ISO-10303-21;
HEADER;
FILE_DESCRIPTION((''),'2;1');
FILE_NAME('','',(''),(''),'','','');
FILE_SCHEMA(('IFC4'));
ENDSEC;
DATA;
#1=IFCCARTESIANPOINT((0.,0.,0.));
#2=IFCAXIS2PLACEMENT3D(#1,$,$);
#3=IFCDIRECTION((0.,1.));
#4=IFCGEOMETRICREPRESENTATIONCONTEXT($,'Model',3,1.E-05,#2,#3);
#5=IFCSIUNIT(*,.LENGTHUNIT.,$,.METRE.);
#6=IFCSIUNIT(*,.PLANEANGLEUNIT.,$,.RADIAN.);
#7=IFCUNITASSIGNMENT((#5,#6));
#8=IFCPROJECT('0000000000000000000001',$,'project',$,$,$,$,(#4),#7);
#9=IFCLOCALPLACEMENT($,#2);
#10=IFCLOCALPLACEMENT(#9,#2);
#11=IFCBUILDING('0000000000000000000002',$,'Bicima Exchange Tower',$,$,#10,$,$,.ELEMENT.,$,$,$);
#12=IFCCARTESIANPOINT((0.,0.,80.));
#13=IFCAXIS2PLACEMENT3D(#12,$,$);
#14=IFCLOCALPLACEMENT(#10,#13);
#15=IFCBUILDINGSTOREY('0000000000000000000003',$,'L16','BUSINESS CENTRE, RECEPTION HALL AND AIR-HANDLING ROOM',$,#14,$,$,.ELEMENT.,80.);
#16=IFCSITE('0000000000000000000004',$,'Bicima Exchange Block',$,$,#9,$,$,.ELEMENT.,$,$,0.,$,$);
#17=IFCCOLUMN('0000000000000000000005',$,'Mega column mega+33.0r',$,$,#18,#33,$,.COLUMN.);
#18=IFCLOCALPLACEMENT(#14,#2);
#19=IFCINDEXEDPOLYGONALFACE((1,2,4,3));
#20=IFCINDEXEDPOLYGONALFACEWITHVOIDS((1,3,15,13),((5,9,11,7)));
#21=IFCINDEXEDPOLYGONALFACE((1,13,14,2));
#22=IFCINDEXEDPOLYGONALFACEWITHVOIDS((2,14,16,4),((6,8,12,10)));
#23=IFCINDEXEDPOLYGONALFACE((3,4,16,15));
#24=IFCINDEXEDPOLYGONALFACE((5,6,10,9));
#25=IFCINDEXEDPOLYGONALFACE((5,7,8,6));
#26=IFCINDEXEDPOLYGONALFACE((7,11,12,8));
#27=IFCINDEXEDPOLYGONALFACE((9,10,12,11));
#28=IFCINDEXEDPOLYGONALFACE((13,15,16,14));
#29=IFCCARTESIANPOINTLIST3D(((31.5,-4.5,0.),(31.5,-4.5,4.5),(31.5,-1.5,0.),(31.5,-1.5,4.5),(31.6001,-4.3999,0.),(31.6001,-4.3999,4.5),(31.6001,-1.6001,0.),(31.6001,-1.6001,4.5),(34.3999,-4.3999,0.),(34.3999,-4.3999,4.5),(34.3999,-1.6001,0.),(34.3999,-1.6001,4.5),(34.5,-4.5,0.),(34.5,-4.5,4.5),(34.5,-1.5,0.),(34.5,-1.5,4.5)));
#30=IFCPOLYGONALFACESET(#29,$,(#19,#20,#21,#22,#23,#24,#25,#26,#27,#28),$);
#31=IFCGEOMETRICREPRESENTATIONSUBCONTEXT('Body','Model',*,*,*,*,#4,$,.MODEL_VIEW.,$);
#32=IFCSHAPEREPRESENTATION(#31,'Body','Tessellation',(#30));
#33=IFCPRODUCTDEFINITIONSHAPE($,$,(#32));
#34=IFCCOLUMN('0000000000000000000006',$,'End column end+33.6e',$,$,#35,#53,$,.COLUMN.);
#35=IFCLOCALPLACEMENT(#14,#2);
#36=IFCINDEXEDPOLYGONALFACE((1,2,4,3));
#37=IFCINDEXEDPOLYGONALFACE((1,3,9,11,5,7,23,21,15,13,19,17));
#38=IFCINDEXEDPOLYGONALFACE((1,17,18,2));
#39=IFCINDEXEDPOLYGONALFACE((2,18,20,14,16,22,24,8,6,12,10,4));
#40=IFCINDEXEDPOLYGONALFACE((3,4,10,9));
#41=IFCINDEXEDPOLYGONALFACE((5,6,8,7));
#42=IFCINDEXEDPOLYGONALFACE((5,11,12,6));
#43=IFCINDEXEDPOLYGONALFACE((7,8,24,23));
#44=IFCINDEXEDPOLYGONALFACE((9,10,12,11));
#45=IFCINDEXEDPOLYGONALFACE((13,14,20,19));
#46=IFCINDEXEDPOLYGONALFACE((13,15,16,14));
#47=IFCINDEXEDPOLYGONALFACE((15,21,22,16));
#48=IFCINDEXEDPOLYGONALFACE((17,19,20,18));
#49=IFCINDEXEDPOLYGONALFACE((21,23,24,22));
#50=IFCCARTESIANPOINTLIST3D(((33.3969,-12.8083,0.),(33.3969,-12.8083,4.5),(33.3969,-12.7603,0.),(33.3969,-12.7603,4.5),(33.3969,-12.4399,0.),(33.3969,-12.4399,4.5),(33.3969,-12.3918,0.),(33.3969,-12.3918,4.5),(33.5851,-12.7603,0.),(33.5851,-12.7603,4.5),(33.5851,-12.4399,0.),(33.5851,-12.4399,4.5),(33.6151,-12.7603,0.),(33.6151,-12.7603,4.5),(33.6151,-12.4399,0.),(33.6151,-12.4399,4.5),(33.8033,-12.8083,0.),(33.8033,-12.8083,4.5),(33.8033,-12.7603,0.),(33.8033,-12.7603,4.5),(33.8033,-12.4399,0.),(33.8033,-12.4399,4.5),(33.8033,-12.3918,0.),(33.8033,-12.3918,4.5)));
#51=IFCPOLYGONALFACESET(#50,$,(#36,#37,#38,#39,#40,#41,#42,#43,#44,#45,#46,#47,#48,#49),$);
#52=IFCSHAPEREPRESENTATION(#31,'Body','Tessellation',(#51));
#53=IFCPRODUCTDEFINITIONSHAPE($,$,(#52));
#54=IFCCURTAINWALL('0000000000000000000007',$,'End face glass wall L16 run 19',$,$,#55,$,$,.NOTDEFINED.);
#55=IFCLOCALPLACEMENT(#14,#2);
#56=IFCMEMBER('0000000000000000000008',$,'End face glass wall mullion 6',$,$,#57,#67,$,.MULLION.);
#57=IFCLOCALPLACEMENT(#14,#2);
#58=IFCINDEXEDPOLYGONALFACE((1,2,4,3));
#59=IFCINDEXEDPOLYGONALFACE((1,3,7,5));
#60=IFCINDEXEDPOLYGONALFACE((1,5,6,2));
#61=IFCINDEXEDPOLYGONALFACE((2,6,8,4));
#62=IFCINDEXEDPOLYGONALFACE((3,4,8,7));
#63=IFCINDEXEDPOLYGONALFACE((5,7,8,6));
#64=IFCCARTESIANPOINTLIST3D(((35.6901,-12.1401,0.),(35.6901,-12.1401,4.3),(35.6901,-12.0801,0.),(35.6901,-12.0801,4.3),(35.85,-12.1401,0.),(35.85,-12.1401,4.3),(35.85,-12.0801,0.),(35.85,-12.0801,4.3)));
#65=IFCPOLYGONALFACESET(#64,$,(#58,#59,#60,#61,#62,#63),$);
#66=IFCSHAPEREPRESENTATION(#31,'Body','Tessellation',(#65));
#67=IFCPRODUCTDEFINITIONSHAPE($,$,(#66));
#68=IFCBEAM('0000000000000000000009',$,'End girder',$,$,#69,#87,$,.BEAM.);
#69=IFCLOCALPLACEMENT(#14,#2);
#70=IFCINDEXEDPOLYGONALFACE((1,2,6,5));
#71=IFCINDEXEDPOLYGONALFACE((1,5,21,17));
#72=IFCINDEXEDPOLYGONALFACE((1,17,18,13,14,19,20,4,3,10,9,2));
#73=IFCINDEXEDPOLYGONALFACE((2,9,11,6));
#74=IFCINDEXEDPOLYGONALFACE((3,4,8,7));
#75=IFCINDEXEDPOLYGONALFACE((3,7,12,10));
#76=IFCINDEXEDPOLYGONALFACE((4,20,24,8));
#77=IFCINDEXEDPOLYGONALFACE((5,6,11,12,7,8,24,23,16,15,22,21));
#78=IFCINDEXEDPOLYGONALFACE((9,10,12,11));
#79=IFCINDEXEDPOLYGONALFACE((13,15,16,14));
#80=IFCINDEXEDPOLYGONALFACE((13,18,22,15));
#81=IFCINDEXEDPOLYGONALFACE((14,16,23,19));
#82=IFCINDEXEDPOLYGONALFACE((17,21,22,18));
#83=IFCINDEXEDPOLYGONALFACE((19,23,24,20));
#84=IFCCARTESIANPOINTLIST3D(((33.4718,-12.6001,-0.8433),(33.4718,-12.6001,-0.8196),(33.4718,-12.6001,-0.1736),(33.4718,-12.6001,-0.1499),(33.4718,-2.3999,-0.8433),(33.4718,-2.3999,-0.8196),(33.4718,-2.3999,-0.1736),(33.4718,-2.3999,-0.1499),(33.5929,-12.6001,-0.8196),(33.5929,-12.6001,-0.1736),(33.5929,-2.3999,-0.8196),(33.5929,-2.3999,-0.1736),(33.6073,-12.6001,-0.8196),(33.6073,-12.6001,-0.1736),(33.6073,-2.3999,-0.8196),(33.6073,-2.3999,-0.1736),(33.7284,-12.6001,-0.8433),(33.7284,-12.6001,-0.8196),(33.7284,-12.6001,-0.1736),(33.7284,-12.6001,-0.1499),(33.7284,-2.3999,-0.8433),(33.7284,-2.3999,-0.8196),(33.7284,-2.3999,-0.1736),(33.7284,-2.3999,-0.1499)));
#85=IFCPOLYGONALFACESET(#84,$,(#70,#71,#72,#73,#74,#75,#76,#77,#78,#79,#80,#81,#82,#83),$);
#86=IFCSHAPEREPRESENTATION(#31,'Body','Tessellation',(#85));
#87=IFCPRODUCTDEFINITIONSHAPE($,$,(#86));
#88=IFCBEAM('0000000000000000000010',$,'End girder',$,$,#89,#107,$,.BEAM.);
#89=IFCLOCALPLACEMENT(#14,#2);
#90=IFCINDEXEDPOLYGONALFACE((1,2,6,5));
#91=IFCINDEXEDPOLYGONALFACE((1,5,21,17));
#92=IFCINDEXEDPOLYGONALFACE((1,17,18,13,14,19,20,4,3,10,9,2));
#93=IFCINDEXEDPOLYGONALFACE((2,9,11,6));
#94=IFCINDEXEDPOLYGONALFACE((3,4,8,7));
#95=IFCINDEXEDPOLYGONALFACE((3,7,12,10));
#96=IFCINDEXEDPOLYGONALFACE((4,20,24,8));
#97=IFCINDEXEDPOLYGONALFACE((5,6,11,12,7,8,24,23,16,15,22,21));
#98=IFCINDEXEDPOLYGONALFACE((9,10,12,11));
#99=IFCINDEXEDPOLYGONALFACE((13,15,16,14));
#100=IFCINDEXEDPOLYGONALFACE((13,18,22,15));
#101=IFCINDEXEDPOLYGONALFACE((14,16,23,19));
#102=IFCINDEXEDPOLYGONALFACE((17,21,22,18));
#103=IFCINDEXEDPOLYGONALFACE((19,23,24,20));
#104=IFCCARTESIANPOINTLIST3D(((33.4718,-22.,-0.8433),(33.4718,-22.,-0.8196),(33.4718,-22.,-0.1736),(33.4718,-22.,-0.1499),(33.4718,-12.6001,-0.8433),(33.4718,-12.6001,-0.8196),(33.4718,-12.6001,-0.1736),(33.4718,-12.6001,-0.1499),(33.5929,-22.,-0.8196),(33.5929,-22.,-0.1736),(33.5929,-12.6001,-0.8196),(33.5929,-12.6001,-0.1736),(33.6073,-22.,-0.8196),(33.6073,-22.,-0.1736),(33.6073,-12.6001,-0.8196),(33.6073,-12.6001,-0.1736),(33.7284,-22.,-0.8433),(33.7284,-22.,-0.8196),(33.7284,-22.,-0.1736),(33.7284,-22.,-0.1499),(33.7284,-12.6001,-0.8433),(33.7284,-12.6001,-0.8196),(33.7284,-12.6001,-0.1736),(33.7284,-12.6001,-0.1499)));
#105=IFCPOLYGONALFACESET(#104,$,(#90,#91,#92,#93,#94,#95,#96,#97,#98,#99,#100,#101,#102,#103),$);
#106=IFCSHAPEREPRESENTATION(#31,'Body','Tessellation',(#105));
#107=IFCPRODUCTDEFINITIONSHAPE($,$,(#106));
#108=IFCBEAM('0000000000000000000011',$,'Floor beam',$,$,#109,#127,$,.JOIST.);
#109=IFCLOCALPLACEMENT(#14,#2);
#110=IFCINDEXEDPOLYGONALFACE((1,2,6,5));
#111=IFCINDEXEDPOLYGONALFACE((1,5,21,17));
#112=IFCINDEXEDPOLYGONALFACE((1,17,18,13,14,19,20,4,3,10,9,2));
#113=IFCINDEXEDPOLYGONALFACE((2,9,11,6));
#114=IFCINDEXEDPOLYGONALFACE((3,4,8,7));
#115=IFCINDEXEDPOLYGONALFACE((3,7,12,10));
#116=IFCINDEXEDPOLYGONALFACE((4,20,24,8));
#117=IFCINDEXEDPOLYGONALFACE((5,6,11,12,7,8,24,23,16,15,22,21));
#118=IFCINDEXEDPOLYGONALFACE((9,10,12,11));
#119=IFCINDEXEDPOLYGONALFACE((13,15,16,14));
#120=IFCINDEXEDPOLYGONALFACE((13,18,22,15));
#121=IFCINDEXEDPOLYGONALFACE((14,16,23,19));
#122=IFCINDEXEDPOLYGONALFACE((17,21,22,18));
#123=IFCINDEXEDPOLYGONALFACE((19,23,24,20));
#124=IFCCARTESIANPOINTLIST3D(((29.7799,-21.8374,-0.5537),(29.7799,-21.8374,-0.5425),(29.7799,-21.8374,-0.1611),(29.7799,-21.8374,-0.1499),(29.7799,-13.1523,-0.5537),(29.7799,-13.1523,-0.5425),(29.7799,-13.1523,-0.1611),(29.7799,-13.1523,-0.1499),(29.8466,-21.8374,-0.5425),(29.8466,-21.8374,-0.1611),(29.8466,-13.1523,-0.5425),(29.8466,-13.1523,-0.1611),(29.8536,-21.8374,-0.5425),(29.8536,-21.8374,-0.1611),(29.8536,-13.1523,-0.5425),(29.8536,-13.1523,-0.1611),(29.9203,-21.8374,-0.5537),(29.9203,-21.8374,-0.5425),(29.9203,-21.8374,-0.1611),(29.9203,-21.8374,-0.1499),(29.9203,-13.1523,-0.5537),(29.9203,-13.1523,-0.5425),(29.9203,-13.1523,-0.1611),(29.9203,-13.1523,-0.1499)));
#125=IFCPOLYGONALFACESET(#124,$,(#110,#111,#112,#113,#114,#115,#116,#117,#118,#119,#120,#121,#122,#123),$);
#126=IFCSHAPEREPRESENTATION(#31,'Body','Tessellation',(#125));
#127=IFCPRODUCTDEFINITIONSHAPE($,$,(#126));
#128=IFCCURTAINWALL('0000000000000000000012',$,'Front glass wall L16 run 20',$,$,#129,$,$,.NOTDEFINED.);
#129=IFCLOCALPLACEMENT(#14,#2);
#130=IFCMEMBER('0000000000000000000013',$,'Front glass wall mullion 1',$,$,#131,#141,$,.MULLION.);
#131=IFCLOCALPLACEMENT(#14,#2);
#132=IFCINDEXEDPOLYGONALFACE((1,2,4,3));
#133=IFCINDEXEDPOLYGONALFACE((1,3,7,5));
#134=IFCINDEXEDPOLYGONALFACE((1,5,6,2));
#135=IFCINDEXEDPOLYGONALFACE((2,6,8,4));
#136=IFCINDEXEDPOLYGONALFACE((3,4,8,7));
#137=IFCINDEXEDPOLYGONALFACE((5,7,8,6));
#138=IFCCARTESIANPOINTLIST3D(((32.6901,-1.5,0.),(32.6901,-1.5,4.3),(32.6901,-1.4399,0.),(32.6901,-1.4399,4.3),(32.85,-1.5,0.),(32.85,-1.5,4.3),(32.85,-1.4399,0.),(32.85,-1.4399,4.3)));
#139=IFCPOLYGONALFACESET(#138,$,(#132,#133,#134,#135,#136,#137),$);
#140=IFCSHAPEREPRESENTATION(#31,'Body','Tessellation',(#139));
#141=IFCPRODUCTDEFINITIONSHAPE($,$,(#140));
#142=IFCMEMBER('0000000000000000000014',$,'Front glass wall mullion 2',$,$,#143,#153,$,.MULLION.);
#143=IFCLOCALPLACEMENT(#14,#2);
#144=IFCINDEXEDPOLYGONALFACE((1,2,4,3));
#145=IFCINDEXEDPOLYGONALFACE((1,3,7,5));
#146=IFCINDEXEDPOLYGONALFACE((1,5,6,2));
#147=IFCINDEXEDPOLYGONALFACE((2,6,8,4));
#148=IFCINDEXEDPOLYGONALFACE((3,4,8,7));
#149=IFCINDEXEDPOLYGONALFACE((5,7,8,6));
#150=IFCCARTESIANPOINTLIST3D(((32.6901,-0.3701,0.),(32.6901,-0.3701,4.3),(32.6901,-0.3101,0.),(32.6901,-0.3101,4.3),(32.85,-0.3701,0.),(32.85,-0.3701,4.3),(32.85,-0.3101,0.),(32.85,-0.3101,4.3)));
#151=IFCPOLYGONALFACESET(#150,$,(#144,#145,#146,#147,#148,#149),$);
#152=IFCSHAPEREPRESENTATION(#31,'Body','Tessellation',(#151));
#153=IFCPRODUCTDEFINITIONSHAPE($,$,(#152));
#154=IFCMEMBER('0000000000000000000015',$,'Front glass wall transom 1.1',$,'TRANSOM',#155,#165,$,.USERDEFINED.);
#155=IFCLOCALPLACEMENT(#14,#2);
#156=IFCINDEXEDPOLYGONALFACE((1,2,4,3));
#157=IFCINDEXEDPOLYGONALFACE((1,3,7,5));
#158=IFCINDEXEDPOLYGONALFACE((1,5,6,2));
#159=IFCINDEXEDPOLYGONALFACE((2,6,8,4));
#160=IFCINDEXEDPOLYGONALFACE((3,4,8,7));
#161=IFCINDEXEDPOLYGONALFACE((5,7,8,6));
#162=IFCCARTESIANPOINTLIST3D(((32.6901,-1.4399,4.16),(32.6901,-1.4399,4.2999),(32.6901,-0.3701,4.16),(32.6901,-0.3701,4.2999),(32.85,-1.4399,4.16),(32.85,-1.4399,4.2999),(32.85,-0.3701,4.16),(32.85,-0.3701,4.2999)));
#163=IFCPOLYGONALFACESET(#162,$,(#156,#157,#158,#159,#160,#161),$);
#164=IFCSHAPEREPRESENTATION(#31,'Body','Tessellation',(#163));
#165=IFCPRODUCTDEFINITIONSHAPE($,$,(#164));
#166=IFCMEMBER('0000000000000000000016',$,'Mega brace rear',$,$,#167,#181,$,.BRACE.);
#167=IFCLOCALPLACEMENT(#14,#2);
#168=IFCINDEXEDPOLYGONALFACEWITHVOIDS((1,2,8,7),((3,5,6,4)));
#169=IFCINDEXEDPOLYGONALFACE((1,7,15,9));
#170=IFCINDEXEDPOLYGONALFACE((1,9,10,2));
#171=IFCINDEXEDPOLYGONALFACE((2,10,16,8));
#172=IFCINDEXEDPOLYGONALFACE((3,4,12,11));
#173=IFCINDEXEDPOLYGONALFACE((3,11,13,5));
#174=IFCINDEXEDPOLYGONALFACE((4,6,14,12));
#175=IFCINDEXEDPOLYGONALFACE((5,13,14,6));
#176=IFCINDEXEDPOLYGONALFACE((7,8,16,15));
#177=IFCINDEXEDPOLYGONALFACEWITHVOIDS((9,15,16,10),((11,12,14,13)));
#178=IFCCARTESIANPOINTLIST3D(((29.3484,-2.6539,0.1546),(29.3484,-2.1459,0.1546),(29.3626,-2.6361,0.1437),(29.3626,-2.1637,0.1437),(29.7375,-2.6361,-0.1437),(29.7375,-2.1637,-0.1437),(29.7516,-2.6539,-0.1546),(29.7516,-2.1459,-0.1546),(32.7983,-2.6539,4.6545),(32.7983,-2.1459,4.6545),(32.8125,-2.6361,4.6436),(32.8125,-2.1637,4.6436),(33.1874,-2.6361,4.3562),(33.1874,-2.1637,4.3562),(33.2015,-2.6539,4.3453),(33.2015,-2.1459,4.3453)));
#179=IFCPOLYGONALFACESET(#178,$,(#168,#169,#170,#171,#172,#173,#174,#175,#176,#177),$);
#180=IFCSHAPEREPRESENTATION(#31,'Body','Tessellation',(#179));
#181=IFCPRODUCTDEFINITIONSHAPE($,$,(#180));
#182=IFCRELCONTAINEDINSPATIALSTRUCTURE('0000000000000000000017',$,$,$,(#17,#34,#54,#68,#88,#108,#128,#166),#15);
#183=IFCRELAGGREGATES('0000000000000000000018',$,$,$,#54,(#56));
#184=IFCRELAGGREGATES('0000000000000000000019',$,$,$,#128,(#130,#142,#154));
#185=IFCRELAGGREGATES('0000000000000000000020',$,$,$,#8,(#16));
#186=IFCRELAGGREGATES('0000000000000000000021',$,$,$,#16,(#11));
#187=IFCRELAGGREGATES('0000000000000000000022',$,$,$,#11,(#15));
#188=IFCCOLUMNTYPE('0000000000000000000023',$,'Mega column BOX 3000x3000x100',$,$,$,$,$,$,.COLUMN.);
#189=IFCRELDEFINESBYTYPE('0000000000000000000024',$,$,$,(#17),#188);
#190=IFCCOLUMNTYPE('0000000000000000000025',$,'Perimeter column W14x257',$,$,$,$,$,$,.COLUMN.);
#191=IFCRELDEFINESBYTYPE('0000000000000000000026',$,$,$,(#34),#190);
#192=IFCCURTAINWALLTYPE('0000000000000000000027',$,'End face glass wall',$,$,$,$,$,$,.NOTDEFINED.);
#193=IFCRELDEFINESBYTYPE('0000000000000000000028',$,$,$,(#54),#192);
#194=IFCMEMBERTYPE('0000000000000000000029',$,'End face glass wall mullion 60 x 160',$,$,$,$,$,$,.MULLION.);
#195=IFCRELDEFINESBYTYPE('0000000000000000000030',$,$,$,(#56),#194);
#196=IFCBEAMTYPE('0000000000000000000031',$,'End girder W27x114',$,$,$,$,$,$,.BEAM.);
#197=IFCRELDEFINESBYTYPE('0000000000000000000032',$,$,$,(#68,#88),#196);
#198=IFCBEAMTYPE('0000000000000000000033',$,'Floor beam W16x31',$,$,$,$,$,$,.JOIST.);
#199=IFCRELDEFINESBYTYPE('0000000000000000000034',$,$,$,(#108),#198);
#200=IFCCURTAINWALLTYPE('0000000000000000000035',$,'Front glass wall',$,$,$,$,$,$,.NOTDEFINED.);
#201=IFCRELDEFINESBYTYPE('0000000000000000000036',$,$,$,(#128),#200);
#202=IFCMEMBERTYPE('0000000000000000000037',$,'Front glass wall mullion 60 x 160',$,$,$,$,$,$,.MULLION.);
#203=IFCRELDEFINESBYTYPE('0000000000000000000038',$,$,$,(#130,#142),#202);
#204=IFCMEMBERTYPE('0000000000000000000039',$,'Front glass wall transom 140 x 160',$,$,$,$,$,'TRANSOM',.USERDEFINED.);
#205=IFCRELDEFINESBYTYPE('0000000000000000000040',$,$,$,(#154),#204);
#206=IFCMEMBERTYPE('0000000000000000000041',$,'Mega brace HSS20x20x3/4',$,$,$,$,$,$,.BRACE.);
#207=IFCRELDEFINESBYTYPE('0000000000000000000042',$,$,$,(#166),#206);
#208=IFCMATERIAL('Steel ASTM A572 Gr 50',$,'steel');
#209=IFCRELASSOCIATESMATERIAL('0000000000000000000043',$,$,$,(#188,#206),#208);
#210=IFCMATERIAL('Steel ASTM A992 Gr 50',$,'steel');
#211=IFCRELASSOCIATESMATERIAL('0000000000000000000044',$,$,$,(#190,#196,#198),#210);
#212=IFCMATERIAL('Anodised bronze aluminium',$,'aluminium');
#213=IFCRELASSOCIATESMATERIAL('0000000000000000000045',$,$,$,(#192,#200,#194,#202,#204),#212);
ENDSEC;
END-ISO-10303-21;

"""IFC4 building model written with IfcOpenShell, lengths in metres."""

from ifc_helpers import new_model, si_unit, direction, frame, origin, origin_2d, place, context, subcontext, project, spatial, rectangle, hollow_rectangle, i_section, extrude, material, material_profile, profile_set, type_object, element, aggregate, save


model = new_model("IFC4")

# Units and contexts
model_context = context("Model", 3, precision=1e-05, world=origin(), true_north=direction((0.0, 1.0)))
body_context = subcontext(model_context, "Body", "Model", "MODEL_VIEW")
ifc_project = project(units=[si_unit("LENGTHUNIT", "METRE"), si_unit("PLANEANGLEUNIT", "RADIAN")], contexts=[model_context])

# Site, building, storey
site_placement = place(None, origin())
site = spatial("IfcSite", under=ifc_project, at=site_placement, Name="Bicima Exchange Block", CompositionType="ELEMENT", RefElevation=0.0)
building_placement = place(site_placement, origin())
building = spatial("IfcBuilding", under=site, at=building_placement, Name="Bicima Exchange Tower", CompositionType="ELEMENT")
storey_placement = place(building_placement, frame((0.0, 0.0, 80.0)))
storey = spatial("IfcBuildingStorey", under=building, at=storey_placement, Name="L16", Description="BUSINESS CENTRE, RECEPTION HALL AND AIR-HANDLING ROOM", CompositionType="ELEMENT", Elevation=80.0)

# Columns
ifc_material_1 = material(Name="Steel ASTM A572 Gr 50", Category="steel")
ifc_material_profile_1 = material_profile(ifc_material_1, hollow_rectangle(XDim=3.0, YDim=3.0, WallThickness=0.1001, at=origin_2d()))
ifc_profile_set_1 = profile_set([ifc_material_profile_1], Name="Steel ASTM A572 Gr 50")
column_type_1 = type_object("IfcColumnType", Name="Mega column BOX 3000x3000x100", PredefinedType="COLUMN", material=ifc_profile_set_1)
column_1_placement = place(storey_placement, frame((33.0, -3.0, 0.0), z_axis=(0.0, 0.0, 1.0), x_axis=(1.0, 0.0, 0.0)))
element("IfcColumn", 1, at=column_1_placement, inside=storey, type_object=column_type_1, Name="Mega column mega+33.0r", PredefinedType="COLUMN", context=body_context, shape_type="SweptSolid", body=[
    extrude(hollow_rectangle(XDim=3.0, YDim=3.0, WallThickness=0.1001, at=origin_2d()), origin(), (0.0, 0.0, 1.0), 4.5),
])
ifc_material_2 = material(Name="Steel ASTM A992 Gr 50", Category="steel")
ifc_material_profile_2 = material_profile(ifc_material_2, i_section(OverallWidth=0.4065, OverallDepth=0.4165, WebThickness=0.03, FlangeThickness=0.0481, at=origin_2d()))
ifc_profile_set_2 = profile_set([ifc_material_profile_2], Name="Steel ASTM A992 Gr 50")
column_type_2 = type_object("IfcColumnType", Name="Perimeter column W14x257", PredefinedType="COLUMN", material=ifc_profile_set_2)
column_2_placement = place(storey_placement, frame((33.6001, -12.6001, 0.0), z_axis=(0.0, 0.0, 1.0), x_axis=(1.0, 0.0, 0.0)))
element("IfcColumn", 2, at=column_2_placement, inside=storey, type_object=column_type_2, Name="End column end+33.6e", PredefinedType="COLUMN", context=body_context, shape_type="SweptSolid", body=[
    extrude(i_section(OverallWidth=0.4065, OverallDepth=0.4165, WebThickness=0.03, FlangeThickness=0.0481, at=origin_2d()), origin(), (0.0, 0.0, 1.0), 4.5),
])

# Curtain wall, member
ifc_material_3 = material(Name="Anodised bronze aluminium", Category="aluminium")
curtain_wall_type_1 = type_object("IfcCurtainWallType", Name="End face glass wall", PredefinedType="NOTDEFINED", material=ifc_material_3)
curtain_wall_1_placement = place(storey_placement, origin())
curtain_wall_1 = element("IfcCurtainWall", 3, at=curtain_wall_1_placement, inside=storey, type_object=curtain_wall_type_1, Name="End face glass wall L16 run 19", PredefinedType="NOTDEFINED")
ifc_material_profile_3 = material_profile(ifc_material_3, rectangle(XDim=0.1599, YDim=0.0601, at=origin_2d()))
ifc_profile_set_3 = profile_set([ifc_material_profile_3], Name="Anodised bronze aluminium")
member_type_1 = type_object("IfcMemberType", Name="End face glass wall mullion 60 x 160", PredefinedType="MULLION", material=ifc_profile_set_3)
member_1_placement = place(storey_placement, frame((35.77, -12.1101, 0.0), z_axis=(0.0, 0.0, 1.0), x_axis=(-1.0, 0.0, 0.0)))
member_1 = element("IfcMember", 4, at=member_1_placement, type_object=member_type_1, Name="End face glass wall mullion 6", PredefinedType="MULLION", context=body_context, shape_type="SweptSolid", body=[
    extrude(rectangle(XDim=0.1599, YDim=0.0601, at=origin_2d()), origin(), (0.0, 0.0, 1.0), 4.3),
])
aggregate(curtain_wall_1, [member_1])

# Beams
ifc_material_profile_4 = material_profile(ifc_material_2, i_section(OverallWidth=0.2566, OverallDepth=0.6934, WebThickness=0.0144, FlangeThickness=0.0237, at=origin_2d()))
ifc_profile_set_4 = profile_set([ifc_material_profile_4], Name="Steel ASTM A992 Gr 50")
beam_type_1 = type_object("IfcBeamType", Name="End girder W27x114", PredefinedType="BEAM", material=ifc_profile_set_4)
beam_1_placement = place(storey_placement, frame((33.6001, -2.3999, -0.4966), z_axis=(0.0, -1.0, 0.0), x_axis=(1.0, 0.0, 0.0)))
element("IfcBeam", 5, at=beam_1_placement, inside=storey, type_object=beam_type_1, Name="End girder", PredefinedType="BEAM", context=body_context, shape_type="SweptSolid", body=[
    extrude(i_section(OverallWidth=0.2566, OverallDepth=0.6934, WebThickness=0.0144, FlangeThickness=0.0237, at=origin_2d()), origin(), (0.0, 0.0, 1.0), 10.2002),
])
beam_2_placement = place(storey_placement, frame((33.6001, -12.6001, -0.4966), z_axis=(0.0, -1.0, 0.0), x_axis=(1.0, 0.0, 0.0)))
element("IfcBeam", 6, at=beam_2_placement, inside=storey, type_object=beam_type_1, Name="End girder", PredefinedType="BEAM", context=body_context, shape_type="SweptSolid", body=[
    extrude(i_section(OverallWidth=0.2566, OverallDepth=0.6934, WebThickness=0.0144, FlangeThickness=0.0237, at=origin_2d()), origin(), (0.0, 0.0, 1.0), 9.3999),
])
ifc_material_profile_5 = material_profile(ifc_material_2, i_section(OverallWidth=0.1404, OverallDepth=0.4038, WebThickness=0.0071, FlangeThickness=0.0112, at=origin_2d()))
ifc_profile_set_5 = profile_set([ifc_material_profile_5], Name="Steel ASTM A992 Gr 50")
beam_type_2 = type_object("IfcBeamType", Name="Floor beam W16x31", PredefinedType="JOIST", material=ifc_profile_set_5)
beam_3_placement = place(storey_placement, frame((29.8501, -13.1523, -0.3518), z_axis=(0.0, -1.0, 0.0), x_axis=(1.0, 0.0, 0.0)))
element("IfcBeam", 7, at=beam_3_placement, inside=storey, type_object=beam_type_2, Name="Floor beam", PredefinedType="JOIST", context=body_context, shape_type="SweptSolid", body=[
    extrude(i_section(OverallWidth=0.1404, OverallDepth=0.4038, WebThickness=0.0071, FlangeThickness=0.0112, at=origin_2d()), origin(), (0.0, 0.0, 1.0), 8.6851),
])

# Curtain wall, members
curtain_wall_type_2 = type_object("IfcCurtainWallType", Name="Front glass wall", PredefinedType="NOTDEFINED", material=ifc_material_3)
curtain_wall_2_placement = place(storey_placement, origin())
curtain_wall_2 = element("IfcCurtainWall", 8, at=curtain_wall_2_placement, inside=storey, type_object=curtain_wall_type_2, Name="Front glass wall L16 run 20", PredefinedType="NOTDEFINED")
member_type_2 = type_object("IfcMemberType", Name="Front glass wall mullion 60 x 160", PredefinedType="MULLION", material=ifc_profile_set_3)
member_2_placement = place(storey_placement, frame((32.77, -1.47, 0.0), z_axis=(0.0, 0.0, 1.0), x_axis=(-1.0, 0.0, 0.0)))
member_2 = element("IfcMember", 9, at=member_2_placement, type_object=member_type_2, Name="Front glass wall mullion 1", PredefinedType="MULLION", context=body_context, shape_type="SweptSolid", body=[
    extrude(rectangle(XDim=0.1599, YDim=0.0601, at=origin_2d()), origin(), (0.0, 0.0, 1.0), 4.3),
])
member_3_placement = place(storey_placement, frame((32.77, -0.3401, 0.0), z_axis=(0.0, 0.0, 1.0), x_axis=(-1.0, 0.0, 0.0)))
member_3 = element("IfcMember", 10, at=member_3_placement, type_object=member_type_2, Name="Front glass wall mullion 2", PredefinedType="MULLION", context=body_context, shape_type="SweptSolid", body=[
    extrude(rectangle(XDim=0.1599, YDim=0.0601, at=origin_2d()), origin(), (0.0, 0.0, 1.0), 4.3),
])
ifc_material_profile_6 = material_profile(ifc_material_3, rectangle(XDim=0.1599, YDim=0.1399, at=origin_2d()))
ifc_profile_set_6 = profile_set([ifc_material_profile_6], Name="Anodised bronze aluminium")
member_type_3 = type_object("IfcMemberType", Name="Front glass wall transom 140 x 160", ElementType="TRANSOM", PredefinedType="USERDEFINED", material=ifc_profile_set_6)
member_4_placement = place(storey_placement, frame((32.77, -1.4399, 4.23), z_axis=(0.0, 1.0, 0.0), x_axis=(-1.0, 0.0, 0.0)))
member_4 = element("IfcMember", 11, at=member_4_placement, type_object=member_type_3, Name="Front glass wall transom 1.1", ObjectType="TRANSOM", PredefinedType="USERDEFINED", context=body_context, shape_type="SweptSolid", body=[
    extrude(rectangle(XDim=0.1599, YDim=0.1399, at=origin_2d()), origin(), (0.0, 0.0, 1.0), 1.0698),
])

# Member
ifc_material_profile_7 = material_profile(ifc_material_1, hollow_rectangle(XDim=0.5081, YDim=0.5081, WallThickness=0.0178, at=origin_2d()))
ifc_profile_set_7 = profile_set([ifc_material_profile_7], Name="Steel ASTM A572 Gr 50")
member_type_4 = type_object("IfcMemberType", Name="Mega brace HSS20x20x3/4", PredefinedType="BRACE", material=ifc_profile_set_7)
for number, where, z_axis, x_axis, name in (
    (12, (29.55, -2.3999, 0.0), (0.608426, 0.0, 0.793611), (0.0, 1.0, 0.0), "Mega brace rear"),
):
    element("IfcMember", number, at=place(storey_placement, frame(where, z_axis=z_axis, x_axis=x_axis)), inside=storey, type_object=member_type_4, Name=name, PredefinedType="BRACE", context=body_context, shape_type="SweptSolid", body=[
        extrude(hollow_rectangle(XDim=0.5081, YDim=0.5081, WallThickness=0.0178, at=origin_2d()), origin(), (0.0, 0.0, 1.0), 5.6702),
    ])

aggregate(curtain_wall_2, [member_2, member_3, member_4])

save(model, "model.ifc")
